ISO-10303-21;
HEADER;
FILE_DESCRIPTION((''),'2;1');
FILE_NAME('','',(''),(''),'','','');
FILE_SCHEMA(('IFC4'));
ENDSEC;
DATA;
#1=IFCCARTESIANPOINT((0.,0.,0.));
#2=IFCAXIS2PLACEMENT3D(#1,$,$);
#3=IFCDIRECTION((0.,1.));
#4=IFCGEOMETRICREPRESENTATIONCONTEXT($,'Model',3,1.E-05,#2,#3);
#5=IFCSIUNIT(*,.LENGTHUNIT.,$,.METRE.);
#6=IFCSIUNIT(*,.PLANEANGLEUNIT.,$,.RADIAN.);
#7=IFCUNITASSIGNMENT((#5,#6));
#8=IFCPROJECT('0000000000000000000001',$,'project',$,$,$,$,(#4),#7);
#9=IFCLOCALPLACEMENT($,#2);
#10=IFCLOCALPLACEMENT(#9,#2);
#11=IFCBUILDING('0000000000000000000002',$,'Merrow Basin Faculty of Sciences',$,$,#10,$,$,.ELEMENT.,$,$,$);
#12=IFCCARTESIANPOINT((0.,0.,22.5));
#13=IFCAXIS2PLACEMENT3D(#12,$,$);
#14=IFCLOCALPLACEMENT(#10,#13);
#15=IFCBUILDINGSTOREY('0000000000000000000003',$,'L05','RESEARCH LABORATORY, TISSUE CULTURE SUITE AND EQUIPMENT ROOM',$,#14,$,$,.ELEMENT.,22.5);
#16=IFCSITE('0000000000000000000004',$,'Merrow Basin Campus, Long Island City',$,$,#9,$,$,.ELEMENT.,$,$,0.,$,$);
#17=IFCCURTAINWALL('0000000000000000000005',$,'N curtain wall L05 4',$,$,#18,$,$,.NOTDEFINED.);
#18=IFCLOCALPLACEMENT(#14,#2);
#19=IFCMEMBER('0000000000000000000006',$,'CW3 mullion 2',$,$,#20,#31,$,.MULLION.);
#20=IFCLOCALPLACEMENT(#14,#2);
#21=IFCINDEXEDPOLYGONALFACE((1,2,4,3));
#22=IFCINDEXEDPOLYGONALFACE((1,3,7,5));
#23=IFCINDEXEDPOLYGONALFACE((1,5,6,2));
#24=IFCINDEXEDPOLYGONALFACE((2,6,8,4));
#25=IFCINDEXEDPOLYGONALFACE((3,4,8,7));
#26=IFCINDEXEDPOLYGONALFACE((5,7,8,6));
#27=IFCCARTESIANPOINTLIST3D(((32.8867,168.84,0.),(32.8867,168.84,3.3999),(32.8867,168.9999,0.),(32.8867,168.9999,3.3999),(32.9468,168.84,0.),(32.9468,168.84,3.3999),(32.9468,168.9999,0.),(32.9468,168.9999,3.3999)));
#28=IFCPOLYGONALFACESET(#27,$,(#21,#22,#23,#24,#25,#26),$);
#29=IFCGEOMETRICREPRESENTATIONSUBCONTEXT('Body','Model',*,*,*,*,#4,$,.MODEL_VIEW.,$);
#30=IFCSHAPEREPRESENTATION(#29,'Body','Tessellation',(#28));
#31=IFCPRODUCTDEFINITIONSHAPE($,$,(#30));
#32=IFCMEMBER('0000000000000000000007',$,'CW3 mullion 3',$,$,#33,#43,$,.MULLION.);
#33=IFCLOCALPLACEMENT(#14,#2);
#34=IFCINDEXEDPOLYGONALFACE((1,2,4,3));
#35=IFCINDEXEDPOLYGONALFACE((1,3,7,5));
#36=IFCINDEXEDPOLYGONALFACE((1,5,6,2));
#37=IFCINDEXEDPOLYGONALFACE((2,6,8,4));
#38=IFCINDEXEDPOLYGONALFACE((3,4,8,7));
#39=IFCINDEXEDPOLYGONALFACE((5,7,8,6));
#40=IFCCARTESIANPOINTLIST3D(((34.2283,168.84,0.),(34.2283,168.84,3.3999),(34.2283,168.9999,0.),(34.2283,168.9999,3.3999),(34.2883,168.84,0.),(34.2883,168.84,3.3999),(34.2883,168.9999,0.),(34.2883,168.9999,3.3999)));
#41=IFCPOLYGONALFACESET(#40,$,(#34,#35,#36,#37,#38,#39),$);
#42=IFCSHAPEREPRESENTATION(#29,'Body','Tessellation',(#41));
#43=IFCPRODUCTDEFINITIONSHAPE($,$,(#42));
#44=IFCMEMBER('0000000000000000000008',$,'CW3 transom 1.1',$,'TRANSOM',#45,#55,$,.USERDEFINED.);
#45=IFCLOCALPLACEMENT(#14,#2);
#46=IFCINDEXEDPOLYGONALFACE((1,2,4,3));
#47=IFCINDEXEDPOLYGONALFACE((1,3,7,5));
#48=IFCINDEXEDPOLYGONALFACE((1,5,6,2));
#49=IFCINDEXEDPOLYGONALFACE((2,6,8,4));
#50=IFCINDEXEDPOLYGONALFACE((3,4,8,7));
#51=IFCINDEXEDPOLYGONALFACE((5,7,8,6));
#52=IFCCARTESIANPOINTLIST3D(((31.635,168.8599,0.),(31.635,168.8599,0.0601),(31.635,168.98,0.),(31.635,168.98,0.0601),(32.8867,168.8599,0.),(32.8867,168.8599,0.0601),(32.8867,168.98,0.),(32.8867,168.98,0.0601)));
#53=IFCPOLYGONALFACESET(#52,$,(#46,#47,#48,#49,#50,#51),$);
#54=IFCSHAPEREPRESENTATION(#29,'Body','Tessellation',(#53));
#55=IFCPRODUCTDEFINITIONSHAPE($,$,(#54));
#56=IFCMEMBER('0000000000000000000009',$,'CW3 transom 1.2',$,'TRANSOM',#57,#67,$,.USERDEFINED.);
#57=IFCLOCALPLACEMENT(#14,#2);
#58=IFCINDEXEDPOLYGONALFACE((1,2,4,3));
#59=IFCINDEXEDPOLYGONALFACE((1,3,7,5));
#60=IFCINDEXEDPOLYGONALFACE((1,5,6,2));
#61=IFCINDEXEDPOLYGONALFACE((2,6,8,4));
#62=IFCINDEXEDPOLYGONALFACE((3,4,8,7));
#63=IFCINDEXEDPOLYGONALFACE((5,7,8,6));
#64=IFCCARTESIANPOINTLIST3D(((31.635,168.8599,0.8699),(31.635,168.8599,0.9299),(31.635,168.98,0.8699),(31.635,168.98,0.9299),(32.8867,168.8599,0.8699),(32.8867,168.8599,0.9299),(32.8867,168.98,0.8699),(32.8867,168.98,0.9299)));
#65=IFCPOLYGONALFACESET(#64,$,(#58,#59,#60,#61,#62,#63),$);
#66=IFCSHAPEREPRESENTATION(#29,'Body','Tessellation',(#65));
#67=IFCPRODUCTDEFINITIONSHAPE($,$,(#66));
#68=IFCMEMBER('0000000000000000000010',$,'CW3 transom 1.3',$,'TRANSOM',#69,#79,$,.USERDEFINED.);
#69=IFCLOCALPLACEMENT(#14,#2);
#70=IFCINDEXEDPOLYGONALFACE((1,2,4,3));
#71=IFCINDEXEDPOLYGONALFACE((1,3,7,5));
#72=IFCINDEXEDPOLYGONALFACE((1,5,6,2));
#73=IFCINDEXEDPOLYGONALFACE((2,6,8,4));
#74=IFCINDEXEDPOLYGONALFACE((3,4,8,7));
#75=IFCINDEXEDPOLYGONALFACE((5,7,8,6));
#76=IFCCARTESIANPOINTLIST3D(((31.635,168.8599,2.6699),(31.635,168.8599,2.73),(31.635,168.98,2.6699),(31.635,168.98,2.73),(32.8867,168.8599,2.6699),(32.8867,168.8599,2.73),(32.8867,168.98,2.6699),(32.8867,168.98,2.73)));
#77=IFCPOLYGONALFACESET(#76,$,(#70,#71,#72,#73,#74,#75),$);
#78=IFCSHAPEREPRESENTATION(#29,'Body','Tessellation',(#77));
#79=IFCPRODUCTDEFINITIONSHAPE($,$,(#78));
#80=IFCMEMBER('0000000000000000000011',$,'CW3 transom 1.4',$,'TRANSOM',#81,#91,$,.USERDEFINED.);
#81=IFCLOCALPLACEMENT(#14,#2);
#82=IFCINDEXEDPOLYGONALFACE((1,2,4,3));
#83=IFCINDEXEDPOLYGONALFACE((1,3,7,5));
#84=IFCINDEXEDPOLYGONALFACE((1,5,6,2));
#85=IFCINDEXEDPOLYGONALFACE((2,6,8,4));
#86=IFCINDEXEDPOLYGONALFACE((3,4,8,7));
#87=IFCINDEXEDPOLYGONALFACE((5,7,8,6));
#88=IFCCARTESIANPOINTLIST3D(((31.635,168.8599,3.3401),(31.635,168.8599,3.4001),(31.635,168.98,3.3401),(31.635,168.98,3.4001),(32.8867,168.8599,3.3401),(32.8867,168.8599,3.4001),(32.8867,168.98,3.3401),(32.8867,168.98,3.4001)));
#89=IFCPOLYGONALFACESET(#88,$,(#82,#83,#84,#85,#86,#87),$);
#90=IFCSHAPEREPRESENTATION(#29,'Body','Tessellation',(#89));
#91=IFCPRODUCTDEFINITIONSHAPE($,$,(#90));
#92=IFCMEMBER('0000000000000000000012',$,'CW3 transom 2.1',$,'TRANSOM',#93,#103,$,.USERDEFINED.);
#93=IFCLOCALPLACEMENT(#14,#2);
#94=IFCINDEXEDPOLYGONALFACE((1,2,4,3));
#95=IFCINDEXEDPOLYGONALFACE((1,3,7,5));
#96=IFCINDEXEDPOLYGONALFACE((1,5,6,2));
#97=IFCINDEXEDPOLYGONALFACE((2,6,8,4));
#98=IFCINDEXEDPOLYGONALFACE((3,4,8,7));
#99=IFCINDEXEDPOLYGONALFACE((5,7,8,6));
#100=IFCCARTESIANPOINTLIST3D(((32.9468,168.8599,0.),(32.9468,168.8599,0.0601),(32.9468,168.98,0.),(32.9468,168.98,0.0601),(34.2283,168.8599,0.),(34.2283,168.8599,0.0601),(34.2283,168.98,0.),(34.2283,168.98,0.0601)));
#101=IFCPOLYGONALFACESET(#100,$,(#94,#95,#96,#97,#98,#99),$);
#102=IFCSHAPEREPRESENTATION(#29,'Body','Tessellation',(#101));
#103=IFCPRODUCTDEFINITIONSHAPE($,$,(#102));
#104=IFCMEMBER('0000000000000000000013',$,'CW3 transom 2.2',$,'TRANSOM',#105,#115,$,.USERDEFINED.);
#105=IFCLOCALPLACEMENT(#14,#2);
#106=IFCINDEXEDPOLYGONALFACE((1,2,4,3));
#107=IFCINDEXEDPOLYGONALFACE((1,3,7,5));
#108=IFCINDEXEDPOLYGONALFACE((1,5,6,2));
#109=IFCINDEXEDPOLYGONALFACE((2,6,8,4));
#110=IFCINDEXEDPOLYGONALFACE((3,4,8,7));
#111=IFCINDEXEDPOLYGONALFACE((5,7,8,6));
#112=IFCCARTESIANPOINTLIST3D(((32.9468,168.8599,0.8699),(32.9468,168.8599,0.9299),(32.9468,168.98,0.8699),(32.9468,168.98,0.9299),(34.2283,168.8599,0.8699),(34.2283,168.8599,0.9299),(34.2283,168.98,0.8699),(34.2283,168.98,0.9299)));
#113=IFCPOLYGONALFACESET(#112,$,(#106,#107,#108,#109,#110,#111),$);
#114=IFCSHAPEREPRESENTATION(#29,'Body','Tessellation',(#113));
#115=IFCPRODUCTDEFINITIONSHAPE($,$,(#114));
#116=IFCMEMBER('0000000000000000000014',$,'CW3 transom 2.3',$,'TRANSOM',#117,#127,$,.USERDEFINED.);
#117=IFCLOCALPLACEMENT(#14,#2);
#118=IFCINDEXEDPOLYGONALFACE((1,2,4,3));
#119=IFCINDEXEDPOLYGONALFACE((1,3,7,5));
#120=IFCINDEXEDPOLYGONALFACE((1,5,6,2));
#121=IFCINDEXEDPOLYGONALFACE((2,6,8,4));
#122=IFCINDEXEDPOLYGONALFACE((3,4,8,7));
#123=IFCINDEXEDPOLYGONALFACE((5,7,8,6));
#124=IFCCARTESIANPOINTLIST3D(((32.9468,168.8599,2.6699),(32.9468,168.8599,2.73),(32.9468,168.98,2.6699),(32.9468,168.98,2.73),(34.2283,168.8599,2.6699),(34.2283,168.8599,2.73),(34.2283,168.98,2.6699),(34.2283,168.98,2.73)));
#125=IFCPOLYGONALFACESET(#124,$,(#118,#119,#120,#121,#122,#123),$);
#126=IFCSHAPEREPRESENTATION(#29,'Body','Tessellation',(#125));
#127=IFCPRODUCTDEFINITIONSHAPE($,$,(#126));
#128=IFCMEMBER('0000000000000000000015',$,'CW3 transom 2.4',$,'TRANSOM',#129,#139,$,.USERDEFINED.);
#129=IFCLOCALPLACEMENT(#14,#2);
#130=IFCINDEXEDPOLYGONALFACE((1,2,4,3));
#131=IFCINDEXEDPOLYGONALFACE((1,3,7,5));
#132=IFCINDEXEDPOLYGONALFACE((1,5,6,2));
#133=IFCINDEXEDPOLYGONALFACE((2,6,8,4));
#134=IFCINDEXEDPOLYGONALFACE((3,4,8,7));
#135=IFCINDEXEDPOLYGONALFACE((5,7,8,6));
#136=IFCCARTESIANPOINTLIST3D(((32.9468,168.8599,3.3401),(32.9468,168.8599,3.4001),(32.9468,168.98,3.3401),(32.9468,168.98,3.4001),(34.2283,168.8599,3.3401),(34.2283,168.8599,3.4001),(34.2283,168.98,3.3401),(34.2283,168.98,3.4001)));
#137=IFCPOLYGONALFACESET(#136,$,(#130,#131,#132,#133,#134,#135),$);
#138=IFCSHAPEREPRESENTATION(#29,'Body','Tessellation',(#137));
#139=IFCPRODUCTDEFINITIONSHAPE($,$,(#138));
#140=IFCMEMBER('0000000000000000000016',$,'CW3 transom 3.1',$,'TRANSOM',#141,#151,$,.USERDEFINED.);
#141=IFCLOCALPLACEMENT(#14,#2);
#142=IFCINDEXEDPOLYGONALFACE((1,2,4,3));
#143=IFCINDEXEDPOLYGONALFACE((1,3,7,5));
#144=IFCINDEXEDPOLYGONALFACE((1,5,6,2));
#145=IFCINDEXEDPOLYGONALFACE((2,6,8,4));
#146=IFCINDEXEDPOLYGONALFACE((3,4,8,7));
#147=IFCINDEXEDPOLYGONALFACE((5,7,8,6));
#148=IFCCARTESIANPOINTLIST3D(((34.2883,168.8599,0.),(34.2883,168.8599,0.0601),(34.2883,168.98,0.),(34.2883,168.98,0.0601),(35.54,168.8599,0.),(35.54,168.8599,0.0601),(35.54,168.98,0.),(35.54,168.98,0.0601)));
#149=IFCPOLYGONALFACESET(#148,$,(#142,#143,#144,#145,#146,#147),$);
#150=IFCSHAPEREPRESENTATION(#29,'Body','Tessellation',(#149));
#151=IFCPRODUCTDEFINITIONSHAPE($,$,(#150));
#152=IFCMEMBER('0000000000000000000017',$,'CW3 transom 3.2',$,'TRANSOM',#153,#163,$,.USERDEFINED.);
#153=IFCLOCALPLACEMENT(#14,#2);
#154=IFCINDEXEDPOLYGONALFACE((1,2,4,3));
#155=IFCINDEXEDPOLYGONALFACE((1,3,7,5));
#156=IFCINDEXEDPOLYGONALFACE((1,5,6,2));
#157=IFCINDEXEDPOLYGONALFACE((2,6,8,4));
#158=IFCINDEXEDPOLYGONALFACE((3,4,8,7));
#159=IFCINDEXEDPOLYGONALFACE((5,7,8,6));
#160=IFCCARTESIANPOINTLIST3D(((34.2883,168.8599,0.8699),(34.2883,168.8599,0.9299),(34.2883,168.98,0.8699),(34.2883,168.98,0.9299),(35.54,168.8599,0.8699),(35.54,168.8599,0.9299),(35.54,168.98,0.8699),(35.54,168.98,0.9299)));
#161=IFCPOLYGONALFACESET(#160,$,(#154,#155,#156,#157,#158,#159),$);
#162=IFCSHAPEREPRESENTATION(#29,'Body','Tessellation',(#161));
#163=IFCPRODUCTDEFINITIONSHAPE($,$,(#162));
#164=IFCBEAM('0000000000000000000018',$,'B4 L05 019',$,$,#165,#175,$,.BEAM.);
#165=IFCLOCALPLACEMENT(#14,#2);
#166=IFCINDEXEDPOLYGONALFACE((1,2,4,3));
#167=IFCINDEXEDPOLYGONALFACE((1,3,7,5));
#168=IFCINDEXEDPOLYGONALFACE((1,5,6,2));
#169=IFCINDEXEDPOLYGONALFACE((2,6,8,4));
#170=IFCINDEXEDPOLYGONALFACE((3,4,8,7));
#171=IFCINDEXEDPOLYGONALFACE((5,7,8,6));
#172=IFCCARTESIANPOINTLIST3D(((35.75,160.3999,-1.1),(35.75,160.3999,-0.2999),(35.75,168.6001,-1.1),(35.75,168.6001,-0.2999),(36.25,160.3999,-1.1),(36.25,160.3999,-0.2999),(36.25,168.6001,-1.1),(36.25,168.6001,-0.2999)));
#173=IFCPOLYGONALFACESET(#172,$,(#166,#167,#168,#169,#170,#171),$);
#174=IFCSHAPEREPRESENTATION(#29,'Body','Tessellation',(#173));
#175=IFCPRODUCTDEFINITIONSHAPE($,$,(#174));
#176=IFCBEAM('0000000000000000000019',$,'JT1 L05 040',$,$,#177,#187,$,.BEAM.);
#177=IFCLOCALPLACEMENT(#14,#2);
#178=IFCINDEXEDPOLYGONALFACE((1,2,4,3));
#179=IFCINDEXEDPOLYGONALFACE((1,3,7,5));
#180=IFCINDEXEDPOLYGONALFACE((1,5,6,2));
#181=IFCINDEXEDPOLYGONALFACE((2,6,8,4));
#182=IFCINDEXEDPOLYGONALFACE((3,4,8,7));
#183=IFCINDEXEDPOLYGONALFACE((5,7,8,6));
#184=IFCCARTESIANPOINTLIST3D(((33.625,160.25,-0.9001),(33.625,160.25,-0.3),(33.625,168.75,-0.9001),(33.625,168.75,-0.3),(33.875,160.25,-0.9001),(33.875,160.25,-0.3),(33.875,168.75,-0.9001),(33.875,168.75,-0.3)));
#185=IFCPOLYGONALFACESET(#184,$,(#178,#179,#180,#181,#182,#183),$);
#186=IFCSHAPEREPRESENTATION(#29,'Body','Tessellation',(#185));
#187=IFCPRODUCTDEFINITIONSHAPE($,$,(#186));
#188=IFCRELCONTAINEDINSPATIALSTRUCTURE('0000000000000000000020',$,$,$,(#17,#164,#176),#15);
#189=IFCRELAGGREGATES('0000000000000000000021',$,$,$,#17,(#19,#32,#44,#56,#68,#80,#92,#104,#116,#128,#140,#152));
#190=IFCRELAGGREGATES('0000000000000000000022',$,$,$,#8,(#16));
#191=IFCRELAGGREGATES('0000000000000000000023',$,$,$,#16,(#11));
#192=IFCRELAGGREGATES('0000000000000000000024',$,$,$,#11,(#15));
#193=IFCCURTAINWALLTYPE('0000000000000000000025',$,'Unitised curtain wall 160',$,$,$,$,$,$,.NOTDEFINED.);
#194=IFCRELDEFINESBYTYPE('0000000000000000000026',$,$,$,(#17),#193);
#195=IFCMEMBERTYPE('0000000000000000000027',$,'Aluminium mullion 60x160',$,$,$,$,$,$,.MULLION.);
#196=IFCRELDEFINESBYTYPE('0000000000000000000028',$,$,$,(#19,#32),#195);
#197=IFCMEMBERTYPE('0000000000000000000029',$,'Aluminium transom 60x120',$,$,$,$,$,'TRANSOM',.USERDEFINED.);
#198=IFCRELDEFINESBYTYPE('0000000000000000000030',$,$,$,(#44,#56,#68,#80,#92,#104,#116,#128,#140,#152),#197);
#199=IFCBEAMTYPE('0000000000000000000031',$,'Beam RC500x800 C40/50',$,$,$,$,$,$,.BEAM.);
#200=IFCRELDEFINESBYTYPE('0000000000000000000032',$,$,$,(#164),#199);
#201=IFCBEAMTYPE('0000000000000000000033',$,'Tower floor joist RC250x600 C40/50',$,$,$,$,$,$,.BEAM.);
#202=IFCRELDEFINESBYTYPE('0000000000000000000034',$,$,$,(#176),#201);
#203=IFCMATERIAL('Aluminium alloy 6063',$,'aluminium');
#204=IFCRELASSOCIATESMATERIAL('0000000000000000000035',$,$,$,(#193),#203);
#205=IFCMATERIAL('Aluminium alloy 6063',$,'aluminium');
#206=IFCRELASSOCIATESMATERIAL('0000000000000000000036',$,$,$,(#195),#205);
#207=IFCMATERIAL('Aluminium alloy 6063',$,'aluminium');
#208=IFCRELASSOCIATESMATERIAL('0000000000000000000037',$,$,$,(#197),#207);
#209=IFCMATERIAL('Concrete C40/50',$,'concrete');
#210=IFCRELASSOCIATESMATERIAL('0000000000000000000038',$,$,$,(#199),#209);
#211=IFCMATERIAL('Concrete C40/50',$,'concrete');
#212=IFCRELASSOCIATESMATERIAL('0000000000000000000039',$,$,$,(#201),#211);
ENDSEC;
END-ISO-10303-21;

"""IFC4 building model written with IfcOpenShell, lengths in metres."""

from ifc_helpers import new_model, si_unit, direction, frame, origin, origin_2d, place, context, subcontext, project, spatial, rectangle, extrude, material, material_profile, profile_set, type_object, element, aggregate, save


model = new_model("IFC4")

# Units and contexts
model_context = context("Model", 3, precision=1e-05, world=origin(), true_north=direction((0.0, 1.0)))
body_context = subcontext(model_context, "Body", "Model", "MODEL_VIEW")
ifc_project = project(units=[si_unit("LENGTHUNIT", "METRE"), si_unit("PLANEANGLEUNIT", "RADIAN")], contexts=[model_context])

# Site, building, storey
site_placement = place(None, origin())
site = spatial("IfcSite", under=ifc_project, at=site_placement, Name="Merrow Basin Campus, Long Island City", CompositionType="ELEMENT", RefElevation=0.0)
building_placement = place(site_placement, origin())
building = spatial("IfcBuilding", under=site, at=building_placement, Name="Merrow Basin Faculty of Sciences", CompositionType="ELEMENT")
storey_placement = place(building_placement, frame((0.0, 0.0, 22.5)))
storey = spatial("IfcBuildingStorey", under=building, at=storey_placement, Name="L05", Description="RESEARCH LABORATORY, TISSUE CULTURE SUITE AND EQUIPMENT ROOM", CompositionType="ELEMENT", Elevation=22.5)

# Curtain wall, members
ifc_material_1 = material(Name="Aluminium alloy 6063", Category="aluminium")
curtain_wall_type = type_object("IfcCurtainWallType", Name="Unitised curtain wall 160", PredefinedType="NOTDEFINED", material=ifc_material_1)
curtain_wall_placement = place(storey_placement, origin())
curtain_wall = element("IfcCurtainWall", 1, at=curtain_wall_placement, inside=storey, type_object=curtain_wall_type, Name="N curtain wall L05 4", PredefinedType="NOTDEFINED")
ifc_material_2 = material(Name="Aluminium alloy 6063", Category="aluminium")
ifc_material_profile_1 = material_profile(ifc_material_2, rectangle(XDim=0.1599, YDim=0.0601, at=origin_2d()))
ifc_profile_set_1 = profile_set([ifc_material_profile_1], Name="Aluminium alloy 6063")
member_type_1 = type_object("IfcMemberType", Name="Aluminium mullion 60x160", PredefinedType="MULLION", material=ifc_profile_set_1)
member_1_placement = place(storey_placement, frame((32.9167, 168.9199, 0.0), z_axis=(0.0, 0.0, 1.0), x_axis=(0.0, 1.0, 0.0)))
member_1 = element("IfcMember", 2, at=member_1_placement, type_object=member_type_1, Name="CW3 mullion 2", PredefinedType="MULLION", context=body_context, shape_type="SweptSolid", body=[
    extrude(rectangle(XDim=0.1599, YDim=0.0601, at=origin_2d()), origin(), (0.0, 0.0, 1.0), 3.3999),
])
member_2_placement = place(storey_placement, frame((34.2583, 168.9199, 0.0), z_axis=(0.0, 0.0, 1.0), x_axis=(0.0, 1.0, 0.0)))
member_2 = element("IfcMember", 3, at=member_2_placement, type_object=member_type_1, Name="CW3 mullion 3", PredefinedType="MULLION", context=body_context, shape_type="SweptSolid", body=[
    extrude(rectangle(XDim=0.1599, YDim=0.0601, at=origin_2d()), origin(), (0.0, 0.0, 1.0), 3.3999),
])
ifc_material_3 = material(Name="Aluminium alloy 6063", Category="aluminium")
ifc_material_profile_2 = material_profile(ifc_material_3, rectangle(XDim=0.1201, YDim=0.0601, at=origin_2d()))
ifc_profile_set_2 = profile_set([ifc_material_profile_2], Name="Aluminium alloy 6063")
member_type_2 = type_object("IfcMemberType", Name="Aluminium transom 60x120", ElementType="TRANSOM", PredefinedType="USERDEFINED", material=ifc_profile_set_2)
member_3_placement = place(storey_placement, frame((31.635, 168.9199, 0.03), z_axis=(1.0, 0.0, 0.0), x_axis=(0.0, 1.0, 0.0)))
member_3 = element("IfcMember", 4, at=member_3_placement, type_object=member_type_2, Name="CW3 transom 1.1", ObjectType="TRANSOM", PredefinedType="USERDEFINED", context=body_context, shape_type="SweptSolid", body=[
    extrude(rectangle(XDim=0.1201, YDim=0.0601, at=origin_2d()), origin(), (0.0, 0.0, 1.0), 1.2517),
])
member_4_placement = place(storey_placement, frame((31.635, 168.9199, 0.8999), z_axis=(1.0, 0.0, 0.0), x_axis=(0.0, 1.0, 0.0)))
member_4 = element("IfcMember", 5, at=member_4_placement, type_object=member_type_2, Name="CW3 transom 1.2", ObjectType="TRANSOM", PredefinedType="USERDEFINED", context=body_context, shape_type="SweptSolid", body=[
    extrude(rectangle(XDim=0.1201, YDim=0.0601, at=origin_2d()), origin(), (0.0, 0.0, 1.0), 1.2517),
])
member_5_placement = place(storey_placement, frame((31.635, 168.9199, 2.7), z_axis=(1.0, 0.0, 0.0), x_axis=(0.0, 1.0, 0.0)))
member_5 = element("IfcMember", 6, at=member_5_placement, type_object=member_type_2, Name="CW3 transom 1.3", ObjectType="TRANSOM", PredefinedType="USERDEFINED", context=body_context, shape_type="SweptSolid", body=[
    extrude(rectangle(XDim=0.1201, YDim=0.0601, at=origin_2d()), origin(), (0.0, 0.0, 1.0), 1.2517),
])
member_6_placement = place(storey_placement, frame((31.635, 168.9199, 3.3701), z_axis=(1.0, 0.0, 0.0), x_axis=(0.0, 1.0, 0.0)))
member_6 = element("IfcMember", 7, at=member_6_placement, type_object=member_type_2, Name="CW3 transom 1.4", ObjectType="TRANSOM", PredefinedType="USERDEFINED", context=body_context, shape_type="SweptSolid", body=[
    extrude(rectangle(XDim=0.1201, YDim=0.0601, at=origin_2d()), origin(), (0.0, 0.0, 1.0), 1.2517),
])
member_7_placement = place(storey_placement, frame((32.9468, 168.9199, 0.03), z_axis=(1.0, 0.0, 0.0), x_axis=(0.0, 1.0, 0.0)))
member_7 = element("IfcMember", 8, at=member_7_placement, type_object=member_type_2, Name="CW3 transom 2.1", ObjectType="TRANSOM", PredefinedType="USERDEFINED", context=body_context, shape_type="SweptSolid", body=[
    extrude(rectangle(XDim=0.1201, YDim=0.0601, at=origin_2d()), origin(), (0.0, 0.0, 1.0), 1.2815),
])
member_8_placement = place(storey_placement, frame((32.9468, 168.9199, 0.8999), z_axis=(1.0, 0.0, 0.0), x_axis=(0.0, 1.0, 0.0)))
member_8 = element("IfcMember", 9, at=member_8_placement, type_object=member_type_2, Name="CW3 transom 2.2", ObjectType="TRANSOM", PredefinedType="USERDEFINED", context=body_context, shape_type="SweptSolid", body=[
    extrude(rectangle(XDim=0.1201, YDim=0.0601, at=origin_2d()), origin(), (0.0, 0.0, 1.0), 1.2815),
])
member_9_placement = place(storey_placement, frame((32.9468, 168.9199, 2.7), z_axis=(1.0, 0.0, 0.0), x_axis=(0.0, 1.0, 0.0)))
member_9 = element("IfcMember", 10, at=member_9_placement, type_object=member_type_2, Name="CW3 transom 2.3", ObjectType="TRANSOM", PredefinedType="USERDEFINED", context=body_context, shape_type="SweptSolid", body=[
    extrude(rectangle(XDim=0.1201, YDim=0.0601, at=origin_2d()), origin(), (0.0, 0.0, 1.0), 1.2815),
])
member_10_placement = place(storey_placement, frame((32.9468, 168.9199, 3.3701), z_axis=(1.0, 0.0, 0.0), x_axis=(0.0, 1.0, 0.0)))
member_10 = element("IfcMember", 11, at=member_10_placement, type_object=member_type_2, Name="CW3 transom 2.4", ObjectType="TRANSOM", PredefinedType="USERDEFINED", context=body_context, shape_type="SweptSolid", body=[
    extrude(rectangle(XDim=0.1201, YDim=0.0601, at=origin_2d()), origin(), (0.0, 0.0, 1.0), 1.2815),
])
member_11_placement = place(storey_placement, frame((34.2883, 168.9199, 0.03), z_axis=(1.0, 0.0, 0.0), x_axis=(0.0, 1.0, 0.0)))
member_11 = element("IfcMember", 12, at=member_11_placement, type_object=member_type_2, Name="CW3 transom 3.1", ObjectType="TRANSOM", PredefinedType="USERDEFINED", context=body_context, shape_type="SweptSolid", body=[
    extrude(rectangle(XDim=0.1201, YDim=0.0601, at=origin_2d()), origin(), (0.0, 0.0, 1.0), 1.2517),
])
member_12_placement = place(storey_placement, frame((34.2883, 168.9199, 0.8999), z_axis=(1.0, 0.0, 0.0), x_axis=(0.0, 1.0, 0.0)))
member_12 = element("IfcMember", 13, at=member_12_placement, type_object=member_type_2, Name="CW3 transom 3.2", ObjectType="TRANSOM", PredefinedType="USERDEFINED", context=body_context, shape_type="SweptSolid", body=[
    extrude(rectangle(XDim=0.1201, YDim=0.0601, at=origin_2d()), origin(), (0.0, 0.0, 1.0), 1.2517),
])

# Beams
ifc_material_4 = material(Name="Concrete C40/50", Category="concrete")
ifc_material_profile_3 = material_profile(ifc_material_4, rectangle(XDim=0.5, YDim=0.8, at=origin_2d()))
ifc_profile_set_3 = profile_set([ifc_material_profile_3], Name="Concrete C40/50")
beam_type_1 = type_object("IfcBeamType", Name="Beam RC500x800 C40/50", PredefinedType="BEAM", material=ifc_profile_set_3)
beam_placement = place(storey_placement, frame((36.0, 160.3999, -0.7), z_axis=(0.0, 1.0, 0.0), x_axis=(-1.0, 0.0, 0.0)))
element("IfcBeam", 14, at=beam_placement, inside=storey, type_object=beam_type_1, Name="B4 L05 019", PredefinedType="BEAM", context=body_context, shape_type="SweptSolid", body=[
    extrude(rectangle(XDim=0.5, YDim=0.8, at=origin_2d()), origin(), (0.0, 0.0, 1.0), 8.2002),
])
ifc_material_5 = material(Name="Concrete C40/50", Category="concrete")
ifc_material_profile_4 = material_profile(ifc_material_5, rectangle(XDim=0.25, YDim=0.6001, at=origin_2d()))
ifc_profile_set_4 = profile_set([ifc_material_profile_4], Name="Concrete C40/50")
beam_type_2 = type_object("IfcBeamType", Name="Tower floor joist RC250x600 C40/50", PredefinedType="BEAM", material=ifc_profile_set_4)
for number, where, z_axis, x_axis, name in (
    (15, (33.75, 160.25, -0.6001), (0.0, 1.0, 0.0), (-1.0, 0.0, 0.0), "JT1 L05 040"),
):
    element("IfcBeam", number, at=place(storey_placement, frame(where, z_axis=z_axis, x_axis=x_axis)), inside=storey, type_object=beam_type_2, Name=name, PredefinedType="BEAM", context=body_context, shape_type="SweptSolid", body=[
        extrude(rectangle(XDim=0.25, YDim=0.6001, at=origin_2d()), origin(), (0.0, 0.0, 1.0), 8.5),
    ])

aggregate(curtain_wall, [member_1, member_2, member_3, member_4, member_5, member_6, member_7, member_8, member_9, member_10, member_11, member_12])

save(model, "model.ifc")
